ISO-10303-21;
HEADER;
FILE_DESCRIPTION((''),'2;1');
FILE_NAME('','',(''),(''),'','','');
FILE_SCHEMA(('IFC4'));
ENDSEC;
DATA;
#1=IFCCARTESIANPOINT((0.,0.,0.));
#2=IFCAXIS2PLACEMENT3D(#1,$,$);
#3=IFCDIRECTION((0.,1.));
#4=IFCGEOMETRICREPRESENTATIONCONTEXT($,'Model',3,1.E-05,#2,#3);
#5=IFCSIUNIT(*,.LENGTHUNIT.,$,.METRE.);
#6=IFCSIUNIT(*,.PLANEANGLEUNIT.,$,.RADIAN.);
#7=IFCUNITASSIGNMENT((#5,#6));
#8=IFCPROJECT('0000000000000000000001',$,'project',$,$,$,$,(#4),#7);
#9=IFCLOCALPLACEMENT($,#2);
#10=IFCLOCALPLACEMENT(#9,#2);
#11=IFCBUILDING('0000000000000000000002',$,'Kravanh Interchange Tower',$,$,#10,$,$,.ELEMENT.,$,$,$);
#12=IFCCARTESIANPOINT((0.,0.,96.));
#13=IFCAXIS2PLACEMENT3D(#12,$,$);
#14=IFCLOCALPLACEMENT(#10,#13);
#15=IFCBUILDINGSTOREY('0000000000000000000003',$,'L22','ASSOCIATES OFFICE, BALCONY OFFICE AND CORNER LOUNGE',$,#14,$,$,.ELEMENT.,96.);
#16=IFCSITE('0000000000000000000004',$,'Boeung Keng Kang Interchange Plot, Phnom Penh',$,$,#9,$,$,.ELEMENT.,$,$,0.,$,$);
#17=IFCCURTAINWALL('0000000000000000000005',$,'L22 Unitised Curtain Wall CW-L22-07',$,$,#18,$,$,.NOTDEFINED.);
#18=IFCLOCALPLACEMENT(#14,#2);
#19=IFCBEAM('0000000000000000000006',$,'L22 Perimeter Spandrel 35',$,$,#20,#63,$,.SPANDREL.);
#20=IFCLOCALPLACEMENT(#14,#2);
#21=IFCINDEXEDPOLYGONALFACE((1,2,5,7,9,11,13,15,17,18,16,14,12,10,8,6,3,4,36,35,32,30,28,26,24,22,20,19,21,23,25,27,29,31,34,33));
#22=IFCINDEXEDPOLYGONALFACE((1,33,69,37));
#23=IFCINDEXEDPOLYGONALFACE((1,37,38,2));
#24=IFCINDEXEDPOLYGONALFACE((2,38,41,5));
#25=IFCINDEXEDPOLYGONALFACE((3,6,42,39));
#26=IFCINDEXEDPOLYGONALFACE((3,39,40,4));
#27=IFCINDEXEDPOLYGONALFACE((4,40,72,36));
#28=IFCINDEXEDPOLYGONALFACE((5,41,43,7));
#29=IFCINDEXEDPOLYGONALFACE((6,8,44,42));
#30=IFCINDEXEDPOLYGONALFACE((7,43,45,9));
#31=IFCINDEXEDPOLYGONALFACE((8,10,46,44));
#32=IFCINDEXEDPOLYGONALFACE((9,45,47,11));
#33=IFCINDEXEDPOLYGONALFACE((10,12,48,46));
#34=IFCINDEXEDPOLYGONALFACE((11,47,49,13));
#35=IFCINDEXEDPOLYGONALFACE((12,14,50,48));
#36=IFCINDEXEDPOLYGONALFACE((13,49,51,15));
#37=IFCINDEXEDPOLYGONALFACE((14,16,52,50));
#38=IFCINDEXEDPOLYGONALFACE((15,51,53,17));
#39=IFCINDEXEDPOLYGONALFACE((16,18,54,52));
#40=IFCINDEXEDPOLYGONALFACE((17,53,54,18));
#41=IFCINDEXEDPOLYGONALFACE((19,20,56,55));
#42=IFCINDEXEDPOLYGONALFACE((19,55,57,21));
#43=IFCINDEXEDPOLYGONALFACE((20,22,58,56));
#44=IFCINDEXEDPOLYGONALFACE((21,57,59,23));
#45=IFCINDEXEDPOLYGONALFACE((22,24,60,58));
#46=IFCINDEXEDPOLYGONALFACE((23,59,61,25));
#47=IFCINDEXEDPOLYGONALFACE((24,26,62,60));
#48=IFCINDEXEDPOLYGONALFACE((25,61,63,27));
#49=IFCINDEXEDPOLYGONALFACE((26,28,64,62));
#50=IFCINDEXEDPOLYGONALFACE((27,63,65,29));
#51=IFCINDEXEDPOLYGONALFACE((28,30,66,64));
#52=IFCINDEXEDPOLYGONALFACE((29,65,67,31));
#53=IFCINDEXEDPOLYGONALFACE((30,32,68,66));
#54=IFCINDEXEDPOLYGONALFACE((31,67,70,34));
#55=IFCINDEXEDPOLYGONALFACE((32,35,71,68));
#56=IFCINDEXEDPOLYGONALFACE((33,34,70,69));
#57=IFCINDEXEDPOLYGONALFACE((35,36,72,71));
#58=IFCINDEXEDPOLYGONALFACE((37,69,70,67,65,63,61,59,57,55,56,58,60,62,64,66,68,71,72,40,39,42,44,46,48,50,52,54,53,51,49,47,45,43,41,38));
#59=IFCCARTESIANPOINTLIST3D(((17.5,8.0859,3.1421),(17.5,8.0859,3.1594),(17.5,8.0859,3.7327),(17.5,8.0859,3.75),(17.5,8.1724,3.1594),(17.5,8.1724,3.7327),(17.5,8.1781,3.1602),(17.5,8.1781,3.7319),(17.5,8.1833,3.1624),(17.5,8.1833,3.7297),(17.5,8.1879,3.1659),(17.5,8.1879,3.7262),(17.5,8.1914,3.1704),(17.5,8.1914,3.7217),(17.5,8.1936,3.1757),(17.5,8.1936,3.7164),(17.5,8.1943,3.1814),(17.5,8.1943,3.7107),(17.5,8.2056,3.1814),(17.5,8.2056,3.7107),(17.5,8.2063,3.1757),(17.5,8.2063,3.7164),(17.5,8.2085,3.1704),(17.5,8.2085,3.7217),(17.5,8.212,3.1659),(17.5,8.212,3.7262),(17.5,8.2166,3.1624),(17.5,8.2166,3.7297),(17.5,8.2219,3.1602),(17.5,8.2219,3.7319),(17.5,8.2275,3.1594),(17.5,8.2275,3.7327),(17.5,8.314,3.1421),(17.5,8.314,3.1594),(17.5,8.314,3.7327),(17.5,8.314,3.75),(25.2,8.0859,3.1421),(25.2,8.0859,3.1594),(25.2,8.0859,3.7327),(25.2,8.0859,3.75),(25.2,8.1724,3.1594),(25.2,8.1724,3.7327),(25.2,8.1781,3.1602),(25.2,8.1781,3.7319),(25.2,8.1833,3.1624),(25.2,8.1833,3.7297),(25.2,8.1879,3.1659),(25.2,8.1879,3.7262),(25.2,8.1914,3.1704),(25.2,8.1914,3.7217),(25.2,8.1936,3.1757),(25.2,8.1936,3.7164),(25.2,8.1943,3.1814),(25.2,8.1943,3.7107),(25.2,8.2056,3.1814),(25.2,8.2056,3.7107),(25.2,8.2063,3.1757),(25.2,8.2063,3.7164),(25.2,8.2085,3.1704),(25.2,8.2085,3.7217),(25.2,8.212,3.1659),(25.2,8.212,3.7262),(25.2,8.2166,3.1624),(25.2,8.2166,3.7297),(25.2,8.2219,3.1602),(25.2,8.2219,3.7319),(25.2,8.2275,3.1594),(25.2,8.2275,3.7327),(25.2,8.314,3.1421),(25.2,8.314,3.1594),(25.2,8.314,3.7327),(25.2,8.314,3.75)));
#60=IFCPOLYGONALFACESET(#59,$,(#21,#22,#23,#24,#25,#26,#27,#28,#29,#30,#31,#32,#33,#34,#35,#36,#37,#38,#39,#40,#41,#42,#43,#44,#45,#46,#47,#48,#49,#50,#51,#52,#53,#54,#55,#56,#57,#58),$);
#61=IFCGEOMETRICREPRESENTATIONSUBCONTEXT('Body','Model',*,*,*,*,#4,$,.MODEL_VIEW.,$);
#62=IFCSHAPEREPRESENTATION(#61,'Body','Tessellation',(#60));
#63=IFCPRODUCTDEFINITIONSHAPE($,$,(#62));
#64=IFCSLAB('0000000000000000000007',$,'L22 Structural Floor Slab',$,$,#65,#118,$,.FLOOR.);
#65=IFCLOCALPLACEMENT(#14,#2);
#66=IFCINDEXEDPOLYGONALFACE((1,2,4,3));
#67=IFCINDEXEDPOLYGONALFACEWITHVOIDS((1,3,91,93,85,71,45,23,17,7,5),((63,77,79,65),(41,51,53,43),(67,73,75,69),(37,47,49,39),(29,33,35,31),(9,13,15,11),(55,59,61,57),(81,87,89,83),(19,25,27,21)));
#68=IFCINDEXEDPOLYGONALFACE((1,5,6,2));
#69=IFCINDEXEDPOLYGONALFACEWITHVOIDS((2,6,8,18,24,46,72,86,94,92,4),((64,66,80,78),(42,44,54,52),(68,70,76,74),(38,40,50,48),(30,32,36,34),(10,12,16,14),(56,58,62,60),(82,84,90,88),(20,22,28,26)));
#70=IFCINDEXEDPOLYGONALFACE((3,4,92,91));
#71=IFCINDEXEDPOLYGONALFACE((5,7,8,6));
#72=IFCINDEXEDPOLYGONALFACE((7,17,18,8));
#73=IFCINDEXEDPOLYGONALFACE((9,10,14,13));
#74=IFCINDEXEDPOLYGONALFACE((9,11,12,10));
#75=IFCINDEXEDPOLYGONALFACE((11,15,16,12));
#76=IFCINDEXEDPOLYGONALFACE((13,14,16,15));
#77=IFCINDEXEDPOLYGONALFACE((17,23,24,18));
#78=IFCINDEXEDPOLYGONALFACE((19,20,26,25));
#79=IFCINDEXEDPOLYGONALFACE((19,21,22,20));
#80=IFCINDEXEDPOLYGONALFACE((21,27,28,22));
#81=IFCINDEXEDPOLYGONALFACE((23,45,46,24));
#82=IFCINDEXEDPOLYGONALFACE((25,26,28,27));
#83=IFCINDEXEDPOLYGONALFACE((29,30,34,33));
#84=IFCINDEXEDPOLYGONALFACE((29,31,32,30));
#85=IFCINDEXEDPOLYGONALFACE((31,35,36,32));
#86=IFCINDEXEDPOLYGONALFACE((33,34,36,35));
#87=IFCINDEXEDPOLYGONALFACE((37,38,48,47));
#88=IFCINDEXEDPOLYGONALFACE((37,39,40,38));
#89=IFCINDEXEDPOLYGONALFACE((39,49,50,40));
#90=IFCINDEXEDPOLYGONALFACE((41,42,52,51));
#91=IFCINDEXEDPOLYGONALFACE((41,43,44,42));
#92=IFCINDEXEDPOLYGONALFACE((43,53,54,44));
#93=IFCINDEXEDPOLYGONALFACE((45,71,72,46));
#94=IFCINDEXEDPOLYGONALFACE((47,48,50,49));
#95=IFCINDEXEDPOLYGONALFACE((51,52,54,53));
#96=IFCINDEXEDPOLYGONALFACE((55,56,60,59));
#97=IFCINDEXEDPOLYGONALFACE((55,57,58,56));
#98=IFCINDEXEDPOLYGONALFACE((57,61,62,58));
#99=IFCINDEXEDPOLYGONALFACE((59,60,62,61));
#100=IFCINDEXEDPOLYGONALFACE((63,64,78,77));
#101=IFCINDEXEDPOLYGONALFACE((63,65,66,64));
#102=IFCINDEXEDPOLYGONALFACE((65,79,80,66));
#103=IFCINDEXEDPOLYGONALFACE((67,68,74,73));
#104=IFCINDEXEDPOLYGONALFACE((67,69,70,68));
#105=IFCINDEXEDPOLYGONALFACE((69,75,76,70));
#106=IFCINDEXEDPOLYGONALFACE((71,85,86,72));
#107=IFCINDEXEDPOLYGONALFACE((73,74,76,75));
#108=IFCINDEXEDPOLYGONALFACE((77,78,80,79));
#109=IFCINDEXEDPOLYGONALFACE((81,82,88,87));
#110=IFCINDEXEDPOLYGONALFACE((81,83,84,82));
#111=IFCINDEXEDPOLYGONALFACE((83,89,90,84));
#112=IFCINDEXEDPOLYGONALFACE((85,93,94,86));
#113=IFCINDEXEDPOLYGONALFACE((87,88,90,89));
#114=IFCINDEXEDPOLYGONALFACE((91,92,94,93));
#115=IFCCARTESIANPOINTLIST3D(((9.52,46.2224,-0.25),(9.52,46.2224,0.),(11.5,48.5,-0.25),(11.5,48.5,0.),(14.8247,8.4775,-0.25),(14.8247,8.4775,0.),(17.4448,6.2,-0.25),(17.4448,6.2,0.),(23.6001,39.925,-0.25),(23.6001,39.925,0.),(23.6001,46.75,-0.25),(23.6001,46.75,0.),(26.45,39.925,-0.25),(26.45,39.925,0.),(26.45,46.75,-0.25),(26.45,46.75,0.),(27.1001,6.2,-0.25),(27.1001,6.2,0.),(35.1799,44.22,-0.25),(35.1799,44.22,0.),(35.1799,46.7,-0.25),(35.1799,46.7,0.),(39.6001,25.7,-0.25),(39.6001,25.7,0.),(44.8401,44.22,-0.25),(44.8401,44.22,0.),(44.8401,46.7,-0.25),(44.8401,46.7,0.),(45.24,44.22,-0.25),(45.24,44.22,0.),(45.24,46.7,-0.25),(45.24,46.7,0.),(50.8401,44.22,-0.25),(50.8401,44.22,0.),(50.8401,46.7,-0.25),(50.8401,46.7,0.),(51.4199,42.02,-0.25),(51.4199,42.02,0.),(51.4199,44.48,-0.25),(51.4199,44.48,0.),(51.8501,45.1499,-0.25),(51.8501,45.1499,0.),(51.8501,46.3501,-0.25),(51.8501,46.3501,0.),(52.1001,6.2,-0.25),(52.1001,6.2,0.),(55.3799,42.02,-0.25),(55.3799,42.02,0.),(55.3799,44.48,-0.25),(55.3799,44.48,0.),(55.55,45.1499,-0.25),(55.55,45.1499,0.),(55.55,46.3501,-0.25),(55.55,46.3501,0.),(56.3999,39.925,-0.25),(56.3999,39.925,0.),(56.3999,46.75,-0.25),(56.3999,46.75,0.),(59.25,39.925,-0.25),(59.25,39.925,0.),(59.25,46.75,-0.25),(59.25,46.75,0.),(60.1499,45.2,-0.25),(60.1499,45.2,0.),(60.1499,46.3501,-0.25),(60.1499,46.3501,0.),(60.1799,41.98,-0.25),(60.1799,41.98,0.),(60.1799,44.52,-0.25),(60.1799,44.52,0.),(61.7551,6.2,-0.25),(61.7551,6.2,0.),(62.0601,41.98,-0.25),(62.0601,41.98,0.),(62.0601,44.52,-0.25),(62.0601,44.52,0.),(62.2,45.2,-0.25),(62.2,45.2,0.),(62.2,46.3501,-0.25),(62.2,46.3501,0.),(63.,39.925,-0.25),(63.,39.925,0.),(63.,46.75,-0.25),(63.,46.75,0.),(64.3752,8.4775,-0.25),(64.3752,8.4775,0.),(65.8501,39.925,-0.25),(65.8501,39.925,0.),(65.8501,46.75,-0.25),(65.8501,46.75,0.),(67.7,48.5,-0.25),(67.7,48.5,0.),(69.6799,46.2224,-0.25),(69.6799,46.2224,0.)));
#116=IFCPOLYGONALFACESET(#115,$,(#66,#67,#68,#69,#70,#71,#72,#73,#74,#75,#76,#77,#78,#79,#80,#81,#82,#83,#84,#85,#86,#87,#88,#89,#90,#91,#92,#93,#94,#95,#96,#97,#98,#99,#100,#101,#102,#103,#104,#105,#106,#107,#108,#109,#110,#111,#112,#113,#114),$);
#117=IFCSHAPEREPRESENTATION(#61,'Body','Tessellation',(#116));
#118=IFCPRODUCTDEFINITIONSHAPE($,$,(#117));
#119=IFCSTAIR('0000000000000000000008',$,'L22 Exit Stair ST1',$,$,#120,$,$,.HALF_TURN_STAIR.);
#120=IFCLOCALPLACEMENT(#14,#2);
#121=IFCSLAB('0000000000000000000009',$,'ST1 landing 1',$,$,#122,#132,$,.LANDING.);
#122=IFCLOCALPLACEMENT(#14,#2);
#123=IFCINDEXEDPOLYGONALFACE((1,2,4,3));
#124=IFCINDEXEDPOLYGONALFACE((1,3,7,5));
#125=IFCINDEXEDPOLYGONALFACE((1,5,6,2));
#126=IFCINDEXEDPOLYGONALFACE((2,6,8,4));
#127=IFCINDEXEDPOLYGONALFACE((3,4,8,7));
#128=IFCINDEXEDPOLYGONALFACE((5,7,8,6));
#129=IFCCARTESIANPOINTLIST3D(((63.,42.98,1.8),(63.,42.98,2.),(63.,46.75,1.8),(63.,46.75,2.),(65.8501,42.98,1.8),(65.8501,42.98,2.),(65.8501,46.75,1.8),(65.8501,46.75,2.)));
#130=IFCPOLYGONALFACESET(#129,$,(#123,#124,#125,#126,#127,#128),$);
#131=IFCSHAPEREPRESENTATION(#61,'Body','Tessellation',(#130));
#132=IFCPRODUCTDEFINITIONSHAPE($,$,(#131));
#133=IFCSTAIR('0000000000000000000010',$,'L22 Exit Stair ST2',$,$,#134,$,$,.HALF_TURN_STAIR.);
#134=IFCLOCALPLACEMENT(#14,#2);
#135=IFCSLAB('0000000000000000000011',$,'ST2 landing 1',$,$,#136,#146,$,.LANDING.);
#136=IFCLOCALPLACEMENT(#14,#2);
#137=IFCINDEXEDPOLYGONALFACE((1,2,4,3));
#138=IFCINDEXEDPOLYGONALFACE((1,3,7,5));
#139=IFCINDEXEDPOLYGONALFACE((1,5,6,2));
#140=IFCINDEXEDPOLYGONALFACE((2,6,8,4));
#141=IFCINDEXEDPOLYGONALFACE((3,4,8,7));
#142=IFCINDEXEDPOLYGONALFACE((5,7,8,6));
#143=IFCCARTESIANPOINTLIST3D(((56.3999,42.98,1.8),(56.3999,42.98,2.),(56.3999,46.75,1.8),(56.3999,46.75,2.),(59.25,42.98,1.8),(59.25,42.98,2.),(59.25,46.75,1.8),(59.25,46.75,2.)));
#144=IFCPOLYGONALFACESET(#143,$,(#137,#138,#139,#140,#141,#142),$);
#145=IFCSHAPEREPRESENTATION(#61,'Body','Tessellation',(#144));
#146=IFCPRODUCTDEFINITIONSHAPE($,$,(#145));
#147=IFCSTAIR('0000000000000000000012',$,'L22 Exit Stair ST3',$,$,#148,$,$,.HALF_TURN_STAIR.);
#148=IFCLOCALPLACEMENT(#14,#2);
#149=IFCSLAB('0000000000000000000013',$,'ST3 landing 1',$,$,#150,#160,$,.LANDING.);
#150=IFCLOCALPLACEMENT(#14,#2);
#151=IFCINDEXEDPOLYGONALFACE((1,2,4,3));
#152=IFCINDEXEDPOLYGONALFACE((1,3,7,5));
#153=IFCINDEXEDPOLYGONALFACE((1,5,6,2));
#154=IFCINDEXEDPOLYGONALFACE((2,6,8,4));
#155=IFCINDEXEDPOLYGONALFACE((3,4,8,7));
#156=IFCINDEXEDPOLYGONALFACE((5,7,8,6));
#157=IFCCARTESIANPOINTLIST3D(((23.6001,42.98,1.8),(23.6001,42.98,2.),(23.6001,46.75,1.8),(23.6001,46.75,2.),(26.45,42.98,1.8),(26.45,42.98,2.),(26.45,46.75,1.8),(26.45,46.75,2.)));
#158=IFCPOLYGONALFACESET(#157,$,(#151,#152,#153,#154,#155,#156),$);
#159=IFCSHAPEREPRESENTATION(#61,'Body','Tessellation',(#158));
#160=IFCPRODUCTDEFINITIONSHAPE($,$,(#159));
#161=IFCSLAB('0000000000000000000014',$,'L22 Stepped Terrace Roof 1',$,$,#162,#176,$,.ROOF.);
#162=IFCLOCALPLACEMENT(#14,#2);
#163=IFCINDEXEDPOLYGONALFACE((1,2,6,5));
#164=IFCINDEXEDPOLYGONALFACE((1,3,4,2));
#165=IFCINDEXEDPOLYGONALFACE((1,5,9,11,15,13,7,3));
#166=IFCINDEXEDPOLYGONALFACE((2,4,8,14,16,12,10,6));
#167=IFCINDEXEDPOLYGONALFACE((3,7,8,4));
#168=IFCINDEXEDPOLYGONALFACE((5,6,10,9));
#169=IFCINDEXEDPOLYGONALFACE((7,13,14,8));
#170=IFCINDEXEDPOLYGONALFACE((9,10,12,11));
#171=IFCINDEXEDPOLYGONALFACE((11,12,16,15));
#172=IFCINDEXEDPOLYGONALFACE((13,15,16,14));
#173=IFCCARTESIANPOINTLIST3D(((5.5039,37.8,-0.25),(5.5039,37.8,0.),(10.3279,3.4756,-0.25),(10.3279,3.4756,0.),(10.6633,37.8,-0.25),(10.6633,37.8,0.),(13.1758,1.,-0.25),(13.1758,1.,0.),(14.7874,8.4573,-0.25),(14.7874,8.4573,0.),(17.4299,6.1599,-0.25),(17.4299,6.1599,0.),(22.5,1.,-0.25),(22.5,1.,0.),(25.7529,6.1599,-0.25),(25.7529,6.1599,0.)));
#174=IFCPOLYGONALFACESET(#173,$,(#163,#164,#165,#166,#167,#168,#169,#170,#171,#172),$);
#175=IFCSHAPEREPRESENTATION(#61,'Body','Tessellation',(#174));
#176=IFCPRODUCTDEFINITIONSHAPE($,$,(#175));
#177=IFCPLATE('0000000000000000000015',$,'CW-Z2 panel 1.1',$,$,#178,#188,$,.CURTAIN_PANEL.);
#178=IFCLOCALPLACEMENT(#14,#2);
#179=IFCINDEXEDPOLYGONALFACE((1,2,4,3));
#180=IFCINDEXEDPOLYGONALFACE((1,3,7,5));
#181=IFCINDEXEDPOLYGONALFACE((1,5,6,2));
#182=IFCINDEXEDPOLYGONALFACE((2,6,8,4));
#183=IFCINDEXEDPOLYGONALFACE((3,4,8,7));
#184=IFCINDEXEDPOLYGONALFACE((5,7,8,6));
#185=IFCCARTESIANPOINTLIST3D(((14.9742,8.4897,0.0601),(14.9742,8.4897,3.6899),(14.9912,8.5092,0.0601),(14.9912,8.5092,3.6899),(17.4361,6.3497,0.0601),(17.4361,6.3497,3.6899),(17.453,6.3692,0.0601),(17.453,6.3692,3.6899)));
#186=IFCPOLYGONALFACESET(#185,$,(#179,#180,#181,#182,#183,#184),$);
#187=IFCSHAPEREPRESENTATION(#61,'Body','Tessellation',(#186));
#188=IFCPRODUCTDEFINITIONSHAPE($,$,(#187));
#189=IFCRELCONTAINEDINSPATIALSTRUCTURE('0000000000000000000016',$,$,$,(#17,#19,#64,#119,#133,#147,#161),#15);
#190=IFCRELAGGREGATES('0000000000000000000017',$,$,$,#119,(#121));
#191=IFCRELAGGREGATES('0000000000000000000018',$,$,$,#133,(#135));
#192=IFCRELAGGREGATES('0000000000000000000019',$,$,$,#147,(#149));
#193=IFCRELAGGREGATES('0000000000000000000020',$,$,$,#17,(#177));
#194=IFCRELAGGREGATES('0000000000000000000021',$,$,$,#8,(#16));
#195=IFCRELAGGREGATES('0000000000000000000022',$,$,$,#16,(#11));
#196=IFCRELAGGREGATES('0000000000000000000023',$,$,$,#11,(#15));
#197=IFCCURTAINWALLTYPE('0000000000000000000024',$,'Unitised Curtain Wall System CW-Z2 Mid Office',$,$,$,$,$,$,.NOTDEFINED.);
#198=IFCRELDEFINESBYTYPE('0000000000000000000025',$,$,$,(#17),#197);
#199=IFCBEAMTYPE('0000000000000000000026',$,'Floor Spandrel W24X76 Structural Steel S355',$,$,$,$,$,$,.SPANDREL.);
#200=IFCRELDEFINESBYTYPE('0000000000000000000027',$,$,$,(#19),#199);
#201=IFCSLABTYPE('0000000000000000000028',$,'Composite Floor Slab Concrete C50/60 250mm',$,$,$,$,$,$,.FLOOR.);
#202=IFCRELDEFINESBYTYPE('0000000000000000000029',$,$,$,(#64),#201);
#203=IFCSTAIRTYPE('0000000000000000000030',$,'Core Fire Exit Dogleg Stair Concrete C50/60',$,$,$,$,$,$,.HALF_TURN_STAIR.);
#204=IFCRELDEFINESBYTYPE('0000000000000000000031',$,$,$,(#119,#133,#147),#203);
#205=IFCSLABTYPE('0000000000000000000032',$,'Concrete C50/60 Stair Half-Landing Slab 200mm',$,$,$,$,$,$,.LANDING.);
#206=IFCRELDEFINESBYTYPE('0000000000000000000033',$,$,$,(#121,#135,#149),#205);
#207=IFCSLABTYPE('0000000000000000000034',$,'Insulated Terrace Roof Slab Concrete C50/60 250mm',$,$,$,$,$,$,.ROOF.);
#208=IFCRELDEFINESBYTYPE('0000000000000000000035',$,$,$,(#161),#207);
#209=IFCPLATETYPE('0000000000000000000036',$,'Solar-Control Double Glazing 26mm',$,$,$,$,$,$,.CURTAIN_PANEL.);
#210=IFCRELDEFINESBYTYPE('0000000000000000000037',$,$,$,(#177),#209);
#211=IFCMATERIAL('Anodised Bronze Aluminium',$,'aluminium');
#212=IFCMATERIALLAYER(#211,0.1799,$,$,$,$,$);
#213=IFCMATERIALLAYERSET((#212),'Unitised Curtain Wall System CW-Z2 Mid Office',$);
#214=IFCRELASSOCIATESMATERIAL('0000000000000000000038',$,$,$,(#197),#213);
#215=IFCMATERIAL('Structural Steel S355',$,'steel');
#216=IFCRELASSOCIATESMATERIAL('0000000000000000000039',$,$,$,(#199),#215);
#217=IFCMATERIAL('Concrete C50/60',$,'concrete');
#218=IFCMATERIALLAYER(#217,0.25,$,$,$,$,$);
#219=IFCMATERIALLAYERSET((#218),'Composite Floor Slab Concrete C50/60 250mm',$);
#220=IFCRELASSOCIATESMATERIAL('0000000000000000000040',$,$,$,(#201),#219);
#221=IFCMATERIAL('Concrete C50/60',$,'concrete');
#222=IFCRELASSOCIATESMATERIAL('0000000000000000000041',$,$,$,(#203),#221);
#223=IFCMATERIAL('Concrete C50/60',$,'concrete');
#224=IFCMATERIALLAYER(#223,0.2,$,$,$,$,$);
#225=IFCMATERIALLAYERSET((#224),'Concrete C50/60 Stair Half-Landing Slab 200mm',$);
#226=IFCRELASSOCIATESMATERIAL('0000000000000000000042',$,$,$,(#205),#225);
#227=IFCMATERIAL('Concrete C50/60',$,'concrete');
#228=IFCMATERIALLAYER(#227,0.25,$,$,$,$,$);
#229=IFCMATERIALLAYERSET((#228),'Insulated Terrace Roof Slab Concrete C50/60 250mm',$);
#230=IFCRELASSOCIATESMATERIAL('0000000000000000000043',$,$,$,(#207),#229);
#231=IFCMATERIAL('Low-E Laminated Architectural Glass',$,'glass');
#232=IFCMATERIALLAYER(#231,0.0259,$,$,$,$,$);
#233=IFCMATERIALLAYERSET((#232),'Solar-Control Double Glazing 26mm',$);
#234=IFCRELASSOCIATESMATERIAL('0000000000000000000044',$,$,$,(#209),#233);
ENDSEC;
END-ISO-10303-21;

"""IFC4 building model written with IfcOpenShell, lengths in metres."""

from ifc_helpers import new_model, si_unit, direction, frame, origin, origin_2d, place, context, subcontext, project, spatial, polyline, rectangle, i_section, outline, extrude, material, layer, layer_set, material_profile, profile_set, type_object, element, aggregate, save


model = new_model("IFC4")

# Units and contexts
model_context = context("Model", 3, precision=1e-05, world=origin(), true_north=direction((0.0, 1.0)))
body_context = subcontext(model_context, "Body", "Model", "MODEL_VIEW")
ifc_project = project(units=[si_unit("LENGTHUNIT", "METRE"), si_unit("PLANEANGLEUNIT", "RADIAN")], contexts=[model_context])

# Site, building, storey
site_placement = place(None, origin())
site = spatial("IfcSite", under=ifc_project, at=site_placement, Name="Boeung Keng Kang Interchange Plot, Phnom Penh", CompositionType="ELEMENT", RefElevation=0.0)
building_placement = place(site_placement, origin())
building = spatial("IfcBuilding", under=site, at=building_placement, Name="Kravanh Interchange Tower", CompositionType="ELEMENT")
storey_placement = place(building_placement, frame((0.0, 0.0, 96.0)))
storey = spatial("IfcBuildingStorey", under=building, at=storey_placement, Name="L22", Description="ASSOCIATES OFFICE, BALCONY OFFICE AND CORNER LOUNGE", CompositionType="ELEMENT", Elevation=96.0)

# Shared definitions
ifc_material_1 = material(Name="Anodised Bronze Aluminium", Category="aluminium")
ifc_layer_1 = layer(ifc_material_1, 0.1799)
ifc_layer_set_1 = layer_set([ifc_layer_1], Name="Unitised Curtain Wall System CW-Z2 Mid Office")
curtain_wall_type = type_object("IfcCurtainWallType", Name="Unitised Curtain Wall System CW-Z2 Mid Office", PredefinedType="NOTDEFINED", material=ifc_layer_set_1)

# Curtain wall
curtain_wall_1_placement = place(storey_placement, origin())
curtain_wall_1 = element("IfcCurtainWall", 1, at=curtain_wall_1_placement, inside=storey, type_object=curtain_wall_type, Name="L22 Unitised Curtain Wall CW-L22-07", PredefinedType="NOTDEFINED")

# Beam
ifc_material_2 = material(Name="Structural Steel S355", Category="steel")
ifc_material_profile_1 = material_profile(ifc_material_2, i_section(OverallWidth=0.228, OverallDepth=0.6079, WebThickness=0.0112, FlangeThickness=0.0173, FilletRadius=0.022, at=origin_2d()), Name="W24X76")
ifc_profile_set_1 = profile_set([ifc_material_profile_1], Name="Structural Steel S355")
beam_type = type_object("IfcBeamType", Name="Floor Spandrel W24X76 Structural Steel S355", PredefinedType="SPANDREL", material=ifc_profile_set_1)
beam_1_placement = place(storey_placement, frame((17.5, 8.2, 3.446), z_axis=(1.0, 0.0, 0.0), x_axis=(0.0, 1.0, 0.0)))
element("IfcBeam", 2, at=beam_1_placement, inside=storey, type_object=beam_type, Name="L22 Perimeter Spandrel 35", PredefinedType="SPANDREL", context=body_context, shape_type="SweptSolid", body=[
    extrude(i_section(OverallWidth=0.228, OverallDepth=0.6079, WebThickness=0.0112, FlangeThickness=0.0173, FilletRadius=0.022, at=origin_2d()), origin(), (0.0, 0.0, 1.0), 7.7),
])

# Slab
ifc_material_3 = material(Name="Concrete C50/60", Category="concrete")
ifc_layer_2 = layer(ifc_material_3, 0.25)
ifc_layer_set_2 = layer_set([ifc_layer_2], Name="Composite Floor Slab Concrete C50/60 250mm")
slab_type_1 = type_object("IfcSlabType", Name="Composite Floor Slab Concrete C50/60 250mm", PredefinedType="FLOOR", material=ifc_layer_set_2)
slab_1_placement = place(storey_placement, frame((0.0, 0.0, -0.25)))
element("IfcSlab", 3, at=slab_1_placement, inside=storey, type_object=slab_type_1, Name="L22 Structural Floor Slab", PredefinedType="FLOOR", context=body_context, shape_type="SweptSolid", body=[
    extrude(outline(polyline([(14.8247, 8.4775), (17.4448, 6.2), (27.1001, 6.2), (39.6001, 25.7), (52.1001, 6.2), (61.7551, 6.2), (64.3752, 8.4775), (69.6799, 46.2224), (67.7, 48.5), (11.5, 48.5), (9.52, 46.2224), (14.8247, 8.4775)]), holes=[polyline([(65.8501, 39.925), (65.8501, 46.75), (63.0, 46.75), (63.0, 39.925), (65.8501, 39.925)]), polyline([(59.25, 39.925), (59.25, 46.75), (56.3999, 46.75), (56.3999, 39.925), (59.25, 39.925)]), polyline([(26.45, 39.925), (26.45, 46.75), (23.6001, 46.75), (23.6001, 39.925), (26.45, 39.925)]), polyline([(35.1799, 44.22), (44.8401, 44.22), (44.8401, 46.7), (35.1799, 46.7), (35.1799, 44.22)]), polyline([(45.24, 44.22), (50.8401, 44.22), (50.8401, 46.7), (45.24, 46.7), (45.24, 44.22)]), polyline([(51.4199, 42.02), (55.3799, 42.02), (55.3799, 44.48), (51.4199, 44.48), (51.4199, 42.02)]), polyline([(60.1799, 41.98), (62.0601, 41.98), (62.0601, 44.52), (60.1799, 44.52), (60.1799, 41.98)]), polyline([(60.1499, 45.2), (62.2, 45.2), (62.2, 46.3501), (60.1499, 46.3501), (60.1499, 45.2)]), polyline([(51.8501, 45.1499), (55.55, 45.1499), (55.55, 46.3501), (51.8501, 46.3501), (51.8501, 45.1499)])]), origin(), (0.0, 0.0, 1.0), 0.25),
])

# Stairs, slabs
ifc_material_4 = material(Name="Concrete C50/60", Category="concrete")
stair_type = type_object("IfcStairType", Name="Core Fire Exit Dogleg Stair Concrete C50/60", PredefinedType="HALF_TURN_STAIR", material=ifc_material_4)
stair_1_placement = place(storey_placement, origin())
stair_1 = element("IfcStair", 4, at=stair_1_placement, inside=storey, type_object=stair_type, Name="L22 Exit Stair ST1", PredefinedType="HALF_TURN_STAIR")
ifc_material_5 = material(Name="Concrete C50/60", Category="concrete")
ifc_layer_3 = layer(ifc_material_5, 0.2)
ifc_layer_set_3 = layer_set([ifc_layer_3], Name="Concrete C50/60 Stair Half-Landing Slab 200mm")
slab_type_2 = type_object("IfcSlabType", Name="Concrete C50/60 Stair Half-Landing Slab 200mm", PredefinedType="LANDING", material=ifc_layer_set_3)
slab_2_placement = place(storey_placement, frame((0.0, 0.0, 1.8)))
slab_2 = element("IfcSlab", 5, at=slab_2_placement, type_object=slab_type_2, Name="ST1 landing 1", PredefinedType="LANDING", context=body_context, shape_type="SweptSolid", body=[
    extrude(outline(polyline([(65.8501, 42.98), (65.8501, 46.75), (63.0, 46.75), (63.0, 42.98), (65.8501, 42.98)])), origin(), (0.0, 0.0, 1.0), 0.2),
])
aggregate(stair_1, [slab_2])
stair_2_placement = place(storey_placement, origin())
stair_2 = element("IfcStair", 6, at=stair_2_placement, inside=storey, type_object=stair_type, Name="L22 Exit Stair ST2", PredefinedType="HALF_TURN_STAIR")
slab_3_placement = place(storey_placement, frame((0.0, 0.0, 1.8)))
slab_3 = element("IfcSlab", 7, at=slab_3_placement, type_object=slab_type_2, Name="ST2 landing 1", PredefinedType="LANDING", context=body_context, shape_type="SweptSolid", body=[
    extrude(outline(polyline([(59.25, 42.98), (59.25, 46.75), (56.3999, 46.75), (56.3999, 42.98), (59.25, 42.98)])), origin(), (0.0, 0.0, 1.0), 0.2),
])
aggregate(stair_2, [slab_3])
stair_3_placement = place(storey_placement, origin())
stair_3 = element("IfcStair", 8, at=stair_3_placement, inside=storey, type_object=stair_type, Name="L22 Exit Stair ST3", PredefinedType="HALF_TURN_STAIR")
slab_4_placement = place(storey_placement, frame((0.0, 0.0, 1.8)))
slab_4 = element("IfcSlab", 9, at=slab_4_placement, type_object=slab_type_2, Name="ST3 landing 1", PredefinedType="LANDING", context=body_context, shape_type="SweptSolid", body=[
    extrude(outline(polyline([(26.45, 42.98), (26.45, 46.75), (23.6001, 46.75), (23.6001, 42.98), (26.45, 42.98)])), origin(), (0.0, 0.0, 1.0), 0.2),
])
aggregate(stair_3, [slab_4])

# Slab
ifc_material_6 = material(Name="Concrete C50/60", Category="concrete")
ifc_layer_4 = layer(ifc_material_6, 0.25)
ifc_layer_set_4 = layer_set([ifc_layer_4], Name="Insulated Terrace Roof Slab Concrete C50/60 250mm")
slab_type_3 = type_object("IfcSlabType", Name="Insulated Terrace Roof Slab Concrete C50/60 250mm", PredefinedType="ROOF", material=ifc_layer_set_4)
slab_5_placement = place(storey_placement, frame((0.0, 0.0, -0.25)))
element("IfcSlab", 10, at=slab_5_placement, inside=storey, type_object=slab_type_3, Name="L22 Stepped Terrace Roof 1", PredefinedType="ROOF", context=body_context, shape_type="SweptSolid", body=[
    extrude(outline(polyline([(13.1758, 1.0), (10.3279, 3.4756), (5.5039, 37.8), (10.6633, 37.8), (14.7874, 8.4573), (17.4299, 6.1599), (25.7529, 6.1599), (22.5, 1.0), (13.1758, 1.0)])), origin(), (0.0, 0.0, 1.0), 0.25),
])

# Plate
ifc_material_7 = material(Name="Low-E Laminated Architectural Glass", Category="glass")
ifc_layer_5 = layer(ifc_material_7, 0.0259)
ifc_layer_set_5 = layer_set([ifc_layer_5], Name="Solar-Control Double Glazing 26mm")
plate_type = type_object("IfcPlateType", Name="Solar-Control Double Glazing 26mm", PredefinedType="CURTAIN_PANEL", material=ifc_layer_set_5)
plate_placement = place(storey_placement, frame((16.2136, 7.4294, 0.0601), z_axis=(0.0, 0.0, 1.0), x_axis=(-0.754719, 0.656048, 0.0)))
plate = element("IfcPlate", 11, at=plate_placement, type_object=plate_type, Name="CW-Z2 panel 1.1", PredefinedType="CURTAIN_PANEL", context=body_context, shape_type="SweptSolid", body=[
    extrude(rectangle(XDim=3.262, YDim=0.0259, at=origin_2d()), origin(), (0.0, 0.0, 1.0), 3.6299),
])
aggregate(curtain_wall_1, [plate])

save(model, "model.ifc")
